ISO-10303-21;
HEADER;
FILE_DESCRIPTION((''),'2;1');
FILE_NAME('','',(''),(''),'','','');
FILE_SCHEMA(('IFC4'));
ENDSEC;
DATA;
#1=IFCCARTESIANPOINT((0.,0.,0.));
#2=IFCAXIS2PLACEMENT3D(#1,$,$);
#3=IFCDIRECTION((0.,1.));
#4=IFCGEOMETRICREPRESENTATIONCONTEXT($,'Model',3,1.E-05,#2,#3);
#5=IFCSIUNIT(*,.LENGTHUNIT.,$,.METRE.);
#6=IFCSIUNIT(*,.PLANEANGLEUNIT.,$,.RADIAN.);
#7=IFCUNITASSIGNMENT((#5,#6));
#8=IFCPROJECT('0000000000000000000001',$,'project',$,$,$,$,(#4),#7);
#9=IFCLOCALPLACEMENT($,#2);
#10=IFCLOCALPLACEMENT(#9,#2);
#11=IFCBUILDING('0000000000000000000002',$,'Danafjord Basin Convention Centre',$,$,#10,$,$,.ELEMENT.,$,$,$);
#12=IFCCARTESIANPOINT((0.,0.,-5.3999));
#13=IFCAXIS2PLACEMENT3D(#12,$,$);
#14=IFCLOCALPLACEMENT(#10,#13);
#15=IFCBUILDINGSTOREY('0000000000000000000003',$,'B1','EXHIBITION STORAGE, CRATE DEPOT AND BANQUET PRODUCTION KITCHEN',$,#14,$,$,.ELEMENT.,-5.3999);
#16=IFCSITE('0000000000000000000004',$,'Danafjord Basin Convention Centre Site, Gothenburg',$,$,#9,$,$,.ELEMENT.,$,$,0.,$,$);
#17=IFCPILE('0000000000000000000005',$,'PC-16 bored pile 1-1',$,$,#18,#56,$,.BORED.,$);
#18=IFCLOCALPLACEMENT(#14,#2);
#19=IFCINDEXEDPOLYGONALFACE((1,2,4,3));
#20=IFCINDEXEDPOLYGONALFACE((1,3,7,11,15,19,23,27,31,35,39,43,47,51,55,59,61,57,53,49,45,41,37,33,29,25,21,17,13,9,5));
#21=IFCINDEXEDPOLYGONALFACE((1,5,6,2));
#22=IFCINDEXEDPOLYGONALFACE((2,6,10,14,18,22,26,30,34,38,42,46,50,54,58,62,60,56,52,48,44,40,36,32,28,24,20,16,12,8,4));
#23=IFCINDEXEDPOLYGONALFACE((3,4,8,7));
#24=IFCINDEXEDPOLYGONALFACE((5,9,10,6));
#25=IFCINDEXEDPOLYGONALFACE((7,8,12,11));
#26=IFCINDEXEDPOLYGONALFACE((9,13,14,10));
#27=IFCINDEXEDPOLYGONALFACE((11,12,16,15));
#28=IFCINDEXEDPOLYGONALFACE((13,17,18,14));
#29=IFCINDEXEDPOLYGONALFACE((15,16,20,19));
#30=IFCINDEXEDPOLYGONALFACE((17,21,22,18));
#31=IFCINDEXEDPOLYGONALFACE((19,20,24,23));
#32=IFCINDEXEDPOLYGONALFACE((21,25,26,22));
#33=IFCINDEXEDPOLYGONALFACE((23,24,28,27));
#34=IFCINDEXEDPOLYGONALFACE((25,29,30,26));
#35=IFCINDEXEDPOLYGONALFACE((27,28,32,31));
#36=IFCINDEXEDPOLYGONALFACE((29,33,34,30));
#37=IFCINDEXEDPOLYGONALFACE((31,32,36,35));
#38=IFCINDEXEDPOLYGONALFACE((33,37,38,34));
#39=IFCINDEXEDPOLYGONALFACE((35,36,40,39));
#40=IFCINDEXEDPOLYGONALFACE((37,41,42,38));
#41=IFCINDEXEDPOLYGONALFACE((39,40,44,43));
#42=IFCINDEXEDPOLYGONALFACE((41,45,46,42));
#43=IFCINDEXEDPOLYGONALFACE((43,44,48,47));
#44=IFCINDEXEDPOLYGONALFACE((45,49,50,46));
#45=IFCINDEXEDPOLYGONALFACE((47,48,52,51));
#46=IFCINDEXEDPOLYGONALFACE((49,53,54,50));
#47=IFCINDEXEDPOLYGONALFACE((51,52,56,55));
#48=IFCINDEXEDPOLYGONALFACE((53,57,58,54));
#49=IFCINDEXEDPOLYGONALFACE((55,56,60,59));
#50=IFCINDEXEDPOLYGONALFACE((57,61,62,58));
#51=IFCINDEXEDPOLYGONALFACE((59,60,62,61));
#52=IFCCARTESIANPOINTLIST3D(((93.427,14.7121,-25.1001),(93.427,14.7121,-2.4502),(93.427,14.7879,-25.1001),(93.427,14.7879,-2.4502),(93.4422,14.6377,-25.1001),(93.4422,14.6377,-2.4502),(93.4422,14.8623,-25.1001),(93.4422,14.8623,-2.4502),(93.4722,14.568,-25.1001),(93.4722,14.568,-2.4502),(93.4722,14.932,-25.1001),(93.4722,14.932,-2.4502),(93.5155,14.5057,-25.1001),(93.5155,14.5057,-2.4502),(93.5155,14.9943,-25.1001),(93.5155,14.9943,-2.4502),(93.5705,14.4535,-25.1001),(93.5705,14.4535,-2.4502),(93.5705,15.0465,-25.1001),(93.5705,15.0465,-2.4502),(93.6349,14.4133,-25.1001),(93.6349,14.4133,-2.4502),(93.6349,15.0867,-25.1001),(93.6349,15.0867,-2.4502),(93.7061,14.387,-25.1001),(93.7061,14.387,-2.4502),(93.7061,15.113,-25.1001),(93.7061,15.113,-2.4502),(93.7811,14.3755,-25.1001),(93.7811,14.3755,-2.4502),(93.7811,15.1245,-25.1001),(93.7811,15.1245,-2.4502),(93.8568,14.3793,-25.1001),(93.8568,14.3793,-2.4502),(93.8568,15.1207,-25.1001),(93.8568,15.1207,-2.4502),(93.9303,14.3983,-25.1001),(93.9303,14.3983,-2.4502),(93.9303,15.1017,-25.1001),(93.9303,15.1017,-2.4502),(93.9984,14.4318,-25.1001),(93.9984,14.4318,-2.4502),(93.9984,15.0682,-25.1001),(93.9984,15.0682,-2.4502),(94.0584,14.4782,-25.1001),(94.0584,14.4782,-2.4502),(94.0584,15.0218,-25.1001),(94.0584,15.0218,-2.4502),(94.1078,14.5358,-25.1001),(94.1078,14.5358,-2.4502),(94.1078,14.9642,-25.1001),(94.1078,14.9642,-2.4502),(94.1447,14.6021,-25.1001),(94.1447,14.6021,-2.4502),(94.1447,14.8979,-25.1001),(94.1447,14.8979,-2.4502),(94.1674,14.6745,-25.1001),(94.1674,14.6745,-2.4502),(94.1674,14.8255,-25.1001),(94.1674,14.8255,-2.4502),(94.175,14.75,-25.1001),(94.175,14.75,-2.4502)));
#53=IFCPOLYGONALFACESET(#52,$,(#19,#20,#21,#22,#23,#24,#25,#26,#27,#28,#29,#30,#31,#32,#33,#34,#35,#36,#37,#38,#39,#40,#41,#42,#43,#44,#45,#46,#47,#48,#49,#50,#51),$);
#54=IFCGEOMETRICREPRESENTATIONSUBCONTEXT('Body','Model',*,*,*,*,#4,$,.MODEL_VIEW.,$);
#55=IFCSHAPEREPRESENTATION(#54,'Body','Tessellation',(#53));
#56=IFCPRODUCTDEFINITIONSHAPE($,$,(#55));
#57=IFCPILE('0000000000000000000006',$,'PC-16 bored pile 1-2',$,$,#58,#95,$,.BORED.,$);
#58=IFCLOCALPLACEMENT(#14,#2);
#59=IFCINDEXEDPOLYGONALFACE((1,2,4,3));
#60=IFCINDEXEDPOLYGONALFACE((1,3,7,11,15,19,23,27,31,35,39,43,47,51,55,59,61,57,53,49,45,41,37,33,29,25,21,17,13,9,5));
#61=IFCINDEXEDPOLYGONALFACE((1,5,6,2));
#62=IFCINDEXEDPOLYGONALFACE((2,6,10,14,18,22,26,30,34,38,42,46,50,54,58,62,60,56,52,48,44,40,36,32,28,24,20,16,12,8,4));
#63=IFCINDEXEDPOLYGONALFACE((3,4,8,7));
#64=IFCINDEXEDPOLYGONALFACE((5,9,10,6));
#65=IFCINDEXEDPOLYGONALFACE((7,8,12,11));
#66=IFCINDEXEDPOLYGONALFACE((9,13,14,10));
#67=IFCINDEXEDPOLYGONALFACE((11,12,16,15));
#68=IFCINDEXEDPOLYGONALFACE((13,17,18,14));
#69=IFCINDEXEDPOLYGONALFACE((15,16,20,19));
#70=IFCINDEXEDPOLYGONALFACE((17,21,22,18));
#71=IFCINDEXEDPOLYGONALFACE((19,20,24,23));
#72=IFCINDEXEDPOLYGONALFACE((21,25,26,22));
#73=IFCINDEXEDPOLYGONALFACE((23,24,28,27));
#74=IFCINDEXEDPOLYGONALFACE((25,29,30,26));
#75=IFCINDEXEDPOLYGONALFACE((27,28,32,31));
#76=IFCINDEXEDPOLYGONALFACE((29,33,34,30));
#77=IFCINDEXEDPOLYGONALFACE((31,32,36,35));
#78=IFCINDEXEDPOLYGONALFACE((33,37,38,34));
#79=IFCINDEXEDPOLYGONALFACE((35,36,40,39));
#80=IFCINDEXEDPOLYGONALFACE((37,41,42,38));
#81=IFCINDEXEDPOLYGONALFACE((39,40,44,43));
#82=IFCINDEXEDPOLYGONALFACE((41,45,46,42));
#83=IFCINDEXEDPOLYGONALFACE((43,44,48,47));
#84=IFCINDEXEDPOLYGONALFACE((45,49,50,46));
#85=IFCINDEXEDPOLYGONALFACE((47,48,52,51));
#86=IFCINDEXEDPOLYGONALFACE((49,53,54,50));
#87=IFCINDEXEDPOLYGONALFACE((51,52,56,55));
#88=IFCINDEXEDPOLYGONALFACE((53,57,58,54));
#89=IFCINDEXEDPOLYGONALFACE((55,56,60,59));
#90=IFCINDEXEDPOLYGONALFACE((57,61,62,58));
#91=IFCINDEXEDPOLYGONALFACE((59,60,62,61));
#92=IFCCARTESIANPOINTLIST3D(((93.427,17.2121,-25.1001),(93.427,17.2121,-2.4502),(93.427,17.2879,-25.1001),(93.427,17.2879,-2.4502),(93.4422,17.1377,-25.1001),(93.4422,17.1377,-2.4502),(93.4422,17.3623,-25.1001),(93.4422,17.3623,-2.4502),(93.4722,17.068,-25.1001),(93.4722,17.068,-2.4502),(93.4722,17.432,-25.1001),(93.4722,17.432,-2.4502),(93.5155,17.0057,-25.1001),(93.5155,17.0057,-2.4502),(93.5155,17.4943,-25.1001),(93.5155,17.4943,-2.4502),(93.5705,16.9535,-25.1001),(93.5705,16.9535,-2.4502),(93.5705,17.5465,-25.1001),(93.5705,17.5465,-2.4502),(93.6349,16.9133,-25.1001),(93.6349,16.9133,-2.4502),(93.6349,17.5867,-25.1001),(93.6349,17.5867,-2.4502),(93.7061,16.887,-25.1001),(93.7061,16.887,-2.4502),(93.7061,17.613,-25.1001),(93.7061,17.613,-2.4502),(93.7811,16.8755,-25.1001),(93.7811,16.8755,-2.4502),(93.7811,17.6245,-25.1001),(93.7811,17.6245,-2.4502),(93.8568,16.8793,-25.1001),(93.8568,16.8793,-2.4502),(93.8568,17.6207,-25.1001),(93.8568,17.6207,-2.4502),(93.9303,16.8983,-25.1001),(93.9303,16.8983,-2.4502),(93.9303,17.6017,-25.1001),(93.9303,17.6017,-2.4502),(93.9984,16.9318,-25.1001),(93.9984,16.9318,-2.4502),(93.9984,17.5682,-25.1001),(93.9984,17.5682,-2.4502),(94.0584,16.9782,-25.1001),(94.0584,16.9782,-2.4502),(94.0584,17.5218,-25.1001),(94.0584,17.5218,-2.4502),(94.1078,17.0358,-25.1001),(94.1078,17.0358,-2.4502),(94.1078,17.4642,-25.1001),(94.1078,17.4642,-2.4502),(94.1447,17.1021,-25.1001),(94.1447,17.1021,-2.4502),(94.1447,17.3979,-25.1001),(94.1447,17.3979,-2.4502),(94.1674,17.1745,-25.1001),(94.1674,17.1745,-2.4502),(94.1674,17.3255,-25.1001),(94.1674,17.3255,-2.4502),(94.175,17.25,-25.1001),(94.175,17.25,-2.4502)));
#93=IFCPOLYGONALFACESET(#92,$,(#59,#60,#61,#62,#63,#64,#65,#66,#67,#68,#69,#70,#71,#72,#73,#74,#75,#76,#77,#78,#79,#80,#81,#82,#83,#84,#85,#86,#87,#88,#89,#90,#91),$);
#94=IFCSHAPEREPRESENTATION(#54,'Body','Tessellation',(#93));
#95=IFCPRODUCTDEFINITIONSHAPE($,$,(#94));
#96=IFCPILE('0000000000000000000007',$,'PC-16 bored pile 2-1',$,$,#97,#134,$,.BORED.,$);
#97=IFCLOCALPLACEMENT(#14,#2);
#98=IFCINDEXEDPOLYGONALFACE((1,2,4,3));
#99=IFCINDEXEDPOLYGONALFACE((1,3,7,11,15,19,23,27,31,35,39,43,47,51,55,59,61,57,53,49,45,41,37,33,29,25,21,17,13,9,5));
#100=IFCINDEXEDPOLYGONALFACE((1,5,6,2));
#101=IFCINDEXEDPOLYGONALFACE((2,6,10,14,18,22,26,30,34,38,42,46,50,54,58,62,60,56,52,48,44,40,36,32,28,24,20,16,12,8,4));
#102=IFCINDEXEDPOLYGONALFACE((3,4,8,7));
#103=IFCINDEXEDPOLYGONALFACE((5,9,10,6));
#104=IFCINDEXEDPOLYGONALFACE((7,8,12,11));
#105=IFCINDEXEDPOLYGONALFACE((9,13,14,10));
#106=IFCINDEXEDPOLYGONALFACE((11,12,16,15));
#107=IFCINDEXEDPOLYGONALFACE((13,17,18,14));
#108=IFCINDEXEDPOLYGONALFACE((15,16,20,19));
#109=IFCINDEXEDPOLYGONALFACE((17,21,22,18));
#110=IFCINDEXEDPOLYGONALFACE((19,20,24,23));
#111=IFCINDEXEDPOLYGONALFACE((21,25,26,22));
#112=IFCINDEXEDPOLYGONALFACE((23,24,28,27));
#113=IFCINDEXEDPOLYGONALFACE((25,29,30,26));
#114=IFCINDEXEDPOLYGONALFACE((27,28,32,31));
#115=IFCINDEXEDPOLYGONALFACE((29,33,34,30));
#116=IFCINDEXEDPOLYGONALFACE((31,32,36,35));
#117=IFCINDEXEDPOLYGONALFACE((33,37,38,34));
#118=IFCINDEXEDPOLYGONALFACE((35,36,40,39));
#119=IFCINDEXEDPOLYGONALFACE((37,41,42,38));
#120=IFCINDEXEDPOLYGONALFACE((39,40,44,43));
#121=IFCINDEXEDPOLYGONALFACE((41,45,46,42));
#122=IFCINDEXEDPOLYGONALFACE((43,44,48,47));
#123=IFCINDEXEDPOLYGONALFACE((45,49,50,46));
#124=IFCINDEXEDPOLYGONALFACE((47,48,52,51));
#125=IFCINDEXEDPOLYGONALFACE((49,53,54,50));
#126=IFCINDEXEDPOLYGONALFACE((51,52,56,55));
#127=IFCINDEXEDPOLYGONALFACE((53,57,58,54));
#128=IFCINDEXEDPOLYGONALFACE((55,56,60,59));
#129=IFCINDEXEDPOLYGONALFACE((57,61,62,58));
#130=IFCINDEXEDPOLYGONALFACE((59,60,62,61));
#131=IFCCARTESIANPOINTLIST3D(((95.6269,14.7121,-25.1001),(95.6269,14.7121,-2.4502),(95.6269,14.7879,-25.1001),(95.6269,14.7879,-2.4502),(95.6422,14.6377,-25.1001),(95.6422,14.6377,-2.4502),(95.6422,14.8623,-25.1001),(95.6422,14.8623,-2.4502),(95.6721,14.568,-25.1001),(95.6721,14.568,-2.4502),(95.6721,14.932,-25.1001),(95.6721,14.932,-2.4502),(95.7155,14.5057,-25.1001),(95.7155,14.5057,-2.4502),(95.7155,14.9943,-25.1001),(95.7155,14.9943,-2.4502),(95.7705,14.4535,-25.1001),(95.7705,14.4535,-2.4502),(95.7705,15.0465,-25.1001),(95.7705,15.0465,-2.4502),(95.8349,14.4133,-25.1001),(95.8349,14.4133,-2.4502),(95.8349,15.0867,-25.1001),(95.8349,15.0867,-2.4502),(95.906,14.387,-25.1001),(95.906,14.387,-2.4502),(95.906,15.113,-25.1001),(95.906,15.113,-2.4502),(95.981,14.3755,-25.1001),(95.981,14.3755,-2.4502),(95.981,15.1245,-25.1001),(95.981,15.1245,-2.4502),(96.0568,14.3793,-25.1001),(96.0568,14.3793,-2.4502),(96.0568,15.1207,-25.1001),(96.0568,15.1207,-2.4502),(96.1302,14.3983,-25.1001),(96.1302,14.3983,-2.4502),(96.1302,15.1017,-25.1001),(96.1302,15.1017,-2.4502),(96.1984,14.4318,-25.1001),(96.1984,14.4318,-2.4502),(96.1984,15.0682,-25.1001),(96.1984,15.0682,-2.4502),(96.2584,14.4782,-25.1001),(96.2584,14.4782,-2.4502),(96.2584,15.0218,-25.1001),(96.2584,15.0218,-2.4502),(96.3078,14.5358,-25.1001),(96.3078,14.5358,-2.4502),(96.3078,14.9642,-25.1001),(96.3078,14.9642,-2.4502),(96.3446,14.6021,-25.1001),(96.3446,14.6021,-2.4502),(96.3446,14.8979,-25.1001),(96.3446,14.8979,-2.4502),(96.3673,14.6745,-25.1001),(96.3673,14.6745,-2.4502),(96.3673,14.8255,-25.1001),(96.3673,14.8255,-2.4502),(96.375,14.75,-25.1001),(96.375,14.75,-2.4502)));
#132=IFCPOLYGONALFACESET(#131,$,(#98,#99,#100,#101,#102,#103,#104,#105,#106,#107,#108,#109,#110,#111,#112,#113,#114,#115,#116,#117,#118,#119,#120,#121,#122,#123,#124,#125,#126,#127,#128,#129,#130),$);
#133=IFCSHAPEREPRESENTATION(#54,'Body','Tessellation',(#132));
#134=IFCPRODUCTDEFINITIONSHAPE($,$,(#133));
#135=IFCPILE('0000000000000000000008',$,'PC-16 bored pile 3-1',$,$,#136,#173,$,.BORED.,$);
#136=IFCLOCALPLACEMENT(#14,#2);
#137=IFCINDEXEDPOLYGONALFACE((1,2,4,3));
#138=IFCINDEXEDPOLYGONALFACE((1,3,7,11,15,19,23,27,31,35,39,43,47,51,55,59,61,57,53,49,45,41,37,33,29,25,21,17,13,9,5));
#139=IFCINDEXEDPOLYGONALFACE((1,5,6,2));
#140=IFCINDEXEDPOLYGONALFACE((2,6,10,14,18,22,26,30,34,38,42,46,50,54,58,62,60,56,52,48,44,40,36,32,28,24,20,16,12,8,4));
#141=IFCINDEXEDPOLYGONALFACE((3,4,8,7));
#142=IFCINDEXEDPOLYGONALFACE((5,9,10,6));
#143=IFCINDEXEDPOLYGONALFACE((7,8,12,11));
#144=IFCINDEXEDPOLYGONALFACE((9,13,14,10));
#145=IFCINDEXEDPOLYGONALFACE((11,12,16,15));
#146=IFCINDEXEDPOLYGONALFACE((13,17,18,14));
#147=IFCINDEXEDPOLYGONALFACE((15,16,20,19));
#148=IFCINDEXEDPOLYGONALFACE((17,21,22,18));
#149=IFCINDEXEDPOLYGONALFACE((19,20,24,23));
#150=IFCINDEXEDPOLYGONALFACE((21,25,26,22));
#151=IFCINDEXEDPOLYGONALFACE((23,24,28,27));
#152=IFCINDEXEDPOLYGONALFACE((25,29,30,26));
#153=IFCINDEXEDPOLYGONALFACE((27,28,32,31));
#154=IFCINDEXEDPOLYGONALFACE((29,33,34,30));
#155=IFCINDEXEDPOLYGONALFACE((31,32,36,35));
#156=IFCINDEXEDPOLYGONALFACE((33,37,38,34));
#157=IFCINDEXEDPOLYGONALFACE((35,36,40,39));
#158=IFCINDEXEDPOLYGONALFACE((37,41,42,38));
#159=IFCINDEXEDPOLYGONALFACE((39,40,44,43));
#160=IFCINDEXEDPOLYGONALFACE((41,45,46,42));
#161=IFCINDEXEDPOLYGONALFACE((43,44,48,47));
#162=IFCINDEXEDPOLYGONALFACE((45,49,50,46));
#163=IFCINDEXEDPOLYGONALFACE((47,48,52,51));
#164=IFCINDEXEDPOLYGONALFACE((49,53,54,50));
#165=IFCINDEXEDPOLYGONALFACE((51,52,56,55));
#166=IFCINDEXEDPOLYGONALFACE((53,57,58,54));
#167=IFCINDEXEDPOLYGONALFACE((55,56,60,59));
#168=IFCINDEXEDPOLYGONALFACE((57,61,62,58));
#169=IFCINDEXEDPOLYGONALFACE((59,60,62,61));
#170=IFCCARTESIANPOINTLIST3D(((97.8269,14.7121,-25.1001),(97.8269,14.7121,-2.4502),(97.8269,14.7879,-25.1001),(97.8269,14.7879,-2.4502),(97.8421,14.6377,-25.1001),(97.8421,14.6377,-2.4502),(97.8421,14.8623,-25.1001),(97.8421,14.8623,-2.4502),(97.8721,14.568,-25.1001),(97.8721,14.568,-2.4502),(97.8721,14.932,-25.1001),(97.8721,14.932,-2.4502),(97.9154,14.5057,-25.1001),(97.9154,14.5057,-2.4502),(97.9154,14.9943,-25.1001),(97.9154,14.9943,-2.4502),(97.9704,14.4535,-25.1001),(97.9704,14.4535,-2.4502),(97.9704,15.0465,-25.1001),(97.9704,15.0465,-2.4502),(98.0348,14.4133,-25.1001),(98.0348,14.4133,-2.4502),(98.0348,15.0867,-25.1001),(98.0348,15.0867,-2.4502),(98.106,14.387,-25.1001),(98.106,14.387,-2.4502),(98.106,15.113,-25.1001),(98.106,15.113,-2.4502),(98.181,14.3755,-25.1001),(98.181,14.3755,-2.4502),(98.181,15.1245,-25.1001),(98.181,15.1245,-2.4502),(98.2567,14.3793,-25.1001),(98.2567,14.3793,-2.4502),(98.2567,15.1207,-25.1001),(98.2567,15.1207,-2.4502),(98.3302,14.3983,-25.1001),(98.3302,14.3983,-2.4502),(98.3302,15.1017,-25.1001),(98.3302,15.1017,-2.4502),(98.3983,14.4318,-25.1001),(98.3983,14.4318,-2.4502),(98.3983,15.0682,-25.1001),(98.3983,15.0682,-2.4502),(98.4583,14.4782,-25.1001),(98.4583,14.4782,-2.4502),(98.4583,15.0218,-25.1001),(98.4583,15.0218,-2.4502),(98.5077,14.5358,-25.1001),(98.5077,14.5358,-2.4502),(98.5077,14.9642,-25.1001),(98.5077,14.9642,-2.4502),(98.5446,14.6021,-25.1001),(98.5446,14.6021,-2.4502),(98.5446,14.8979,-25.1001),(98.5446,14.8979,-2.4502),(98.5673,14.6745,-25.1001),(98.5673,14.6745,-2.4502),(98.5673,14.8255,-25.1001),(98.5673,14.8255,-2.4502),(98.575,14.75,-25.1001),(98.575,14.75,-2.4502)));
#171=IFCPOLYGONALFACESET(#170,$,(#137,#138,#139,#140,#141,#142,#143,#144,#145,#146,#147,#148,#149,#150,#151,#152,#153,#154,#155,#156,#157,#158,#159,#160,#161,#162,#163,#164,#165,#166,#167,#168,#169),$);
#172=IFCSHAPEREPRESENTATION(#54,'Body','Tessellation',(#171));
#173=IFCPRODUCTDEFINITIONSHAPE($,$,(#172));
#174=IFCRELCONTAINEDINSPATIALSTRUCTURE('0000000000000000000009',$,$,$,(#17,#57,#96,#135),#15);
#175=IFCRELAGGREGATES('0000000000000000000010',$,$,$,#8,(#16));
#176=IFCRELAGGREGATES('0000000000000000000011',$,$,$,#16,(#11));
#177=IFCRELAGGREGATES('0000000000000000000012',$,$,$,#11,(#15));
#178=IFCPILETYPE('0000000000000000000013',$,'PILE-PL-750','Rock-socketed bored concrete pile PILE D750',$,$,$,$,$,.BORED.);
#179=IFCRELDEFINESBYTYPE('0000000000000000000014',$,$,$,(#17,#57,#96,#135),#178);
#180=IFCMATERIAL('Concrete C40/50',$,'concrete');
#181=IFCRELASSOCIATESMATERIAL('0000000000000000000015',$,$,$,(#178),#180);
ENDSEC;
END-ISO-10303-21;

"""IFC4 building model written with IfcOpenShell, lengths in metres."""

from ifc_helpers import new_model, si_unit, direction, frame, origin, origin_2d, place, context, subcontext, project, spatial, circle, extrude, material, material_profile, profile_set, type_object, element, save


model = new_model("IFC4")

# Units and contexts
model_context = context("Model", 3, precision=1e-05, world=origin(), true_north=direction((0.0, 1.0)))
body_context = subcontext(model_context, "Body", "Model", "MODEL_VIEW")
ifc_project = project(units=[si_unit("LENGTHUNIT", "METRE"), si_unit("PLANEANGLEUNIT", "RADIAN")], contexts=[model_context])

# Site, building, storey
site_placement = place(None, origin())
site = spatial("IfcSite", under=ifc_project, at=site_placement, Name="Danafjord Basin Convention Centre Site, Gothenburg", CompositionType="ELEMENT", RefElevation=0.0)
building_placement = place(site_placement, origin())
building = spatial("IfcBuilding", under=site, at=building_placement, Name="Danafjord Basin Convention Centre", CompositionType="ELEMENT")
storey_placement = place(building_placement, frame((0.0, 0.0, -5.3999)))
storey = spatial("IfcBuildingStorey", under=building, at=storey_placement, Name="B1", Description="EXHIBITION STORAGE, CRATE DEPOT AND BANQUET PRODUCTION KITCHEN", CompositionType="ELEMENT", Elevation=-5.3999)

# Shared definitions
ifc_material_1 = material(Name="Concrete C40/50", Category="concrete")

# Piles
ifc_material_profile_1 = material_profile(ifc_material_1, circle(Radius=0.375, at=origin_2d()), Name="PILE D750")
ifc_profile_set_1 = profile_set([ifc_material_profile_1], Name="Concrete C40/50")
pile_type_1 = type_object("IfcPileType", Name="PILE-PL-750", Description="Rock-socketed bored concrete pile PILE D750", PredefinedType="BORED", material=ifc_profile_set_1)
for number, where, z_axis, x_axis, name in (
    (1, (93.8, 14.75, -2.4502), (0.0, 0.0, -1.0), (1.0, 0.0, 0.0), "PC-16 bored pile 1-1"),
    (2, (93.8, 17.25, -2.4502), (0.0, 0.0, -1.0), (1.0, 0.0, 0.0), "PC-16 bored pile 1-2"),
    (3, (96.0, 14.75, -2.4502), (0.0, 0.0, -1.0), (1.0, 0.0, 0.0), "PC-16 bored pile 2-1"),
    (4, (98.2, 14.75, -2.4502), (0.0, 0.0, -1.0), (1.0, 0.0, 0.0), "PC-16 bored pile 3-1"),
):
    element("IfcPile", number, at=place(storey_placement, frame(where, z_axis=z_axis, x_axis=x_axis)), inside=storey, type_object=pile_type_1, Name=name, PredefinedType="BORED", context=body_context, shape_type="SweptSolid", body=[
        extrude(circle(Radius=0.375, at=origin_2d()), origin(), (0.0, 0.0, 1.0), 22.6499),
    ])

save(model, "model.ifc")
